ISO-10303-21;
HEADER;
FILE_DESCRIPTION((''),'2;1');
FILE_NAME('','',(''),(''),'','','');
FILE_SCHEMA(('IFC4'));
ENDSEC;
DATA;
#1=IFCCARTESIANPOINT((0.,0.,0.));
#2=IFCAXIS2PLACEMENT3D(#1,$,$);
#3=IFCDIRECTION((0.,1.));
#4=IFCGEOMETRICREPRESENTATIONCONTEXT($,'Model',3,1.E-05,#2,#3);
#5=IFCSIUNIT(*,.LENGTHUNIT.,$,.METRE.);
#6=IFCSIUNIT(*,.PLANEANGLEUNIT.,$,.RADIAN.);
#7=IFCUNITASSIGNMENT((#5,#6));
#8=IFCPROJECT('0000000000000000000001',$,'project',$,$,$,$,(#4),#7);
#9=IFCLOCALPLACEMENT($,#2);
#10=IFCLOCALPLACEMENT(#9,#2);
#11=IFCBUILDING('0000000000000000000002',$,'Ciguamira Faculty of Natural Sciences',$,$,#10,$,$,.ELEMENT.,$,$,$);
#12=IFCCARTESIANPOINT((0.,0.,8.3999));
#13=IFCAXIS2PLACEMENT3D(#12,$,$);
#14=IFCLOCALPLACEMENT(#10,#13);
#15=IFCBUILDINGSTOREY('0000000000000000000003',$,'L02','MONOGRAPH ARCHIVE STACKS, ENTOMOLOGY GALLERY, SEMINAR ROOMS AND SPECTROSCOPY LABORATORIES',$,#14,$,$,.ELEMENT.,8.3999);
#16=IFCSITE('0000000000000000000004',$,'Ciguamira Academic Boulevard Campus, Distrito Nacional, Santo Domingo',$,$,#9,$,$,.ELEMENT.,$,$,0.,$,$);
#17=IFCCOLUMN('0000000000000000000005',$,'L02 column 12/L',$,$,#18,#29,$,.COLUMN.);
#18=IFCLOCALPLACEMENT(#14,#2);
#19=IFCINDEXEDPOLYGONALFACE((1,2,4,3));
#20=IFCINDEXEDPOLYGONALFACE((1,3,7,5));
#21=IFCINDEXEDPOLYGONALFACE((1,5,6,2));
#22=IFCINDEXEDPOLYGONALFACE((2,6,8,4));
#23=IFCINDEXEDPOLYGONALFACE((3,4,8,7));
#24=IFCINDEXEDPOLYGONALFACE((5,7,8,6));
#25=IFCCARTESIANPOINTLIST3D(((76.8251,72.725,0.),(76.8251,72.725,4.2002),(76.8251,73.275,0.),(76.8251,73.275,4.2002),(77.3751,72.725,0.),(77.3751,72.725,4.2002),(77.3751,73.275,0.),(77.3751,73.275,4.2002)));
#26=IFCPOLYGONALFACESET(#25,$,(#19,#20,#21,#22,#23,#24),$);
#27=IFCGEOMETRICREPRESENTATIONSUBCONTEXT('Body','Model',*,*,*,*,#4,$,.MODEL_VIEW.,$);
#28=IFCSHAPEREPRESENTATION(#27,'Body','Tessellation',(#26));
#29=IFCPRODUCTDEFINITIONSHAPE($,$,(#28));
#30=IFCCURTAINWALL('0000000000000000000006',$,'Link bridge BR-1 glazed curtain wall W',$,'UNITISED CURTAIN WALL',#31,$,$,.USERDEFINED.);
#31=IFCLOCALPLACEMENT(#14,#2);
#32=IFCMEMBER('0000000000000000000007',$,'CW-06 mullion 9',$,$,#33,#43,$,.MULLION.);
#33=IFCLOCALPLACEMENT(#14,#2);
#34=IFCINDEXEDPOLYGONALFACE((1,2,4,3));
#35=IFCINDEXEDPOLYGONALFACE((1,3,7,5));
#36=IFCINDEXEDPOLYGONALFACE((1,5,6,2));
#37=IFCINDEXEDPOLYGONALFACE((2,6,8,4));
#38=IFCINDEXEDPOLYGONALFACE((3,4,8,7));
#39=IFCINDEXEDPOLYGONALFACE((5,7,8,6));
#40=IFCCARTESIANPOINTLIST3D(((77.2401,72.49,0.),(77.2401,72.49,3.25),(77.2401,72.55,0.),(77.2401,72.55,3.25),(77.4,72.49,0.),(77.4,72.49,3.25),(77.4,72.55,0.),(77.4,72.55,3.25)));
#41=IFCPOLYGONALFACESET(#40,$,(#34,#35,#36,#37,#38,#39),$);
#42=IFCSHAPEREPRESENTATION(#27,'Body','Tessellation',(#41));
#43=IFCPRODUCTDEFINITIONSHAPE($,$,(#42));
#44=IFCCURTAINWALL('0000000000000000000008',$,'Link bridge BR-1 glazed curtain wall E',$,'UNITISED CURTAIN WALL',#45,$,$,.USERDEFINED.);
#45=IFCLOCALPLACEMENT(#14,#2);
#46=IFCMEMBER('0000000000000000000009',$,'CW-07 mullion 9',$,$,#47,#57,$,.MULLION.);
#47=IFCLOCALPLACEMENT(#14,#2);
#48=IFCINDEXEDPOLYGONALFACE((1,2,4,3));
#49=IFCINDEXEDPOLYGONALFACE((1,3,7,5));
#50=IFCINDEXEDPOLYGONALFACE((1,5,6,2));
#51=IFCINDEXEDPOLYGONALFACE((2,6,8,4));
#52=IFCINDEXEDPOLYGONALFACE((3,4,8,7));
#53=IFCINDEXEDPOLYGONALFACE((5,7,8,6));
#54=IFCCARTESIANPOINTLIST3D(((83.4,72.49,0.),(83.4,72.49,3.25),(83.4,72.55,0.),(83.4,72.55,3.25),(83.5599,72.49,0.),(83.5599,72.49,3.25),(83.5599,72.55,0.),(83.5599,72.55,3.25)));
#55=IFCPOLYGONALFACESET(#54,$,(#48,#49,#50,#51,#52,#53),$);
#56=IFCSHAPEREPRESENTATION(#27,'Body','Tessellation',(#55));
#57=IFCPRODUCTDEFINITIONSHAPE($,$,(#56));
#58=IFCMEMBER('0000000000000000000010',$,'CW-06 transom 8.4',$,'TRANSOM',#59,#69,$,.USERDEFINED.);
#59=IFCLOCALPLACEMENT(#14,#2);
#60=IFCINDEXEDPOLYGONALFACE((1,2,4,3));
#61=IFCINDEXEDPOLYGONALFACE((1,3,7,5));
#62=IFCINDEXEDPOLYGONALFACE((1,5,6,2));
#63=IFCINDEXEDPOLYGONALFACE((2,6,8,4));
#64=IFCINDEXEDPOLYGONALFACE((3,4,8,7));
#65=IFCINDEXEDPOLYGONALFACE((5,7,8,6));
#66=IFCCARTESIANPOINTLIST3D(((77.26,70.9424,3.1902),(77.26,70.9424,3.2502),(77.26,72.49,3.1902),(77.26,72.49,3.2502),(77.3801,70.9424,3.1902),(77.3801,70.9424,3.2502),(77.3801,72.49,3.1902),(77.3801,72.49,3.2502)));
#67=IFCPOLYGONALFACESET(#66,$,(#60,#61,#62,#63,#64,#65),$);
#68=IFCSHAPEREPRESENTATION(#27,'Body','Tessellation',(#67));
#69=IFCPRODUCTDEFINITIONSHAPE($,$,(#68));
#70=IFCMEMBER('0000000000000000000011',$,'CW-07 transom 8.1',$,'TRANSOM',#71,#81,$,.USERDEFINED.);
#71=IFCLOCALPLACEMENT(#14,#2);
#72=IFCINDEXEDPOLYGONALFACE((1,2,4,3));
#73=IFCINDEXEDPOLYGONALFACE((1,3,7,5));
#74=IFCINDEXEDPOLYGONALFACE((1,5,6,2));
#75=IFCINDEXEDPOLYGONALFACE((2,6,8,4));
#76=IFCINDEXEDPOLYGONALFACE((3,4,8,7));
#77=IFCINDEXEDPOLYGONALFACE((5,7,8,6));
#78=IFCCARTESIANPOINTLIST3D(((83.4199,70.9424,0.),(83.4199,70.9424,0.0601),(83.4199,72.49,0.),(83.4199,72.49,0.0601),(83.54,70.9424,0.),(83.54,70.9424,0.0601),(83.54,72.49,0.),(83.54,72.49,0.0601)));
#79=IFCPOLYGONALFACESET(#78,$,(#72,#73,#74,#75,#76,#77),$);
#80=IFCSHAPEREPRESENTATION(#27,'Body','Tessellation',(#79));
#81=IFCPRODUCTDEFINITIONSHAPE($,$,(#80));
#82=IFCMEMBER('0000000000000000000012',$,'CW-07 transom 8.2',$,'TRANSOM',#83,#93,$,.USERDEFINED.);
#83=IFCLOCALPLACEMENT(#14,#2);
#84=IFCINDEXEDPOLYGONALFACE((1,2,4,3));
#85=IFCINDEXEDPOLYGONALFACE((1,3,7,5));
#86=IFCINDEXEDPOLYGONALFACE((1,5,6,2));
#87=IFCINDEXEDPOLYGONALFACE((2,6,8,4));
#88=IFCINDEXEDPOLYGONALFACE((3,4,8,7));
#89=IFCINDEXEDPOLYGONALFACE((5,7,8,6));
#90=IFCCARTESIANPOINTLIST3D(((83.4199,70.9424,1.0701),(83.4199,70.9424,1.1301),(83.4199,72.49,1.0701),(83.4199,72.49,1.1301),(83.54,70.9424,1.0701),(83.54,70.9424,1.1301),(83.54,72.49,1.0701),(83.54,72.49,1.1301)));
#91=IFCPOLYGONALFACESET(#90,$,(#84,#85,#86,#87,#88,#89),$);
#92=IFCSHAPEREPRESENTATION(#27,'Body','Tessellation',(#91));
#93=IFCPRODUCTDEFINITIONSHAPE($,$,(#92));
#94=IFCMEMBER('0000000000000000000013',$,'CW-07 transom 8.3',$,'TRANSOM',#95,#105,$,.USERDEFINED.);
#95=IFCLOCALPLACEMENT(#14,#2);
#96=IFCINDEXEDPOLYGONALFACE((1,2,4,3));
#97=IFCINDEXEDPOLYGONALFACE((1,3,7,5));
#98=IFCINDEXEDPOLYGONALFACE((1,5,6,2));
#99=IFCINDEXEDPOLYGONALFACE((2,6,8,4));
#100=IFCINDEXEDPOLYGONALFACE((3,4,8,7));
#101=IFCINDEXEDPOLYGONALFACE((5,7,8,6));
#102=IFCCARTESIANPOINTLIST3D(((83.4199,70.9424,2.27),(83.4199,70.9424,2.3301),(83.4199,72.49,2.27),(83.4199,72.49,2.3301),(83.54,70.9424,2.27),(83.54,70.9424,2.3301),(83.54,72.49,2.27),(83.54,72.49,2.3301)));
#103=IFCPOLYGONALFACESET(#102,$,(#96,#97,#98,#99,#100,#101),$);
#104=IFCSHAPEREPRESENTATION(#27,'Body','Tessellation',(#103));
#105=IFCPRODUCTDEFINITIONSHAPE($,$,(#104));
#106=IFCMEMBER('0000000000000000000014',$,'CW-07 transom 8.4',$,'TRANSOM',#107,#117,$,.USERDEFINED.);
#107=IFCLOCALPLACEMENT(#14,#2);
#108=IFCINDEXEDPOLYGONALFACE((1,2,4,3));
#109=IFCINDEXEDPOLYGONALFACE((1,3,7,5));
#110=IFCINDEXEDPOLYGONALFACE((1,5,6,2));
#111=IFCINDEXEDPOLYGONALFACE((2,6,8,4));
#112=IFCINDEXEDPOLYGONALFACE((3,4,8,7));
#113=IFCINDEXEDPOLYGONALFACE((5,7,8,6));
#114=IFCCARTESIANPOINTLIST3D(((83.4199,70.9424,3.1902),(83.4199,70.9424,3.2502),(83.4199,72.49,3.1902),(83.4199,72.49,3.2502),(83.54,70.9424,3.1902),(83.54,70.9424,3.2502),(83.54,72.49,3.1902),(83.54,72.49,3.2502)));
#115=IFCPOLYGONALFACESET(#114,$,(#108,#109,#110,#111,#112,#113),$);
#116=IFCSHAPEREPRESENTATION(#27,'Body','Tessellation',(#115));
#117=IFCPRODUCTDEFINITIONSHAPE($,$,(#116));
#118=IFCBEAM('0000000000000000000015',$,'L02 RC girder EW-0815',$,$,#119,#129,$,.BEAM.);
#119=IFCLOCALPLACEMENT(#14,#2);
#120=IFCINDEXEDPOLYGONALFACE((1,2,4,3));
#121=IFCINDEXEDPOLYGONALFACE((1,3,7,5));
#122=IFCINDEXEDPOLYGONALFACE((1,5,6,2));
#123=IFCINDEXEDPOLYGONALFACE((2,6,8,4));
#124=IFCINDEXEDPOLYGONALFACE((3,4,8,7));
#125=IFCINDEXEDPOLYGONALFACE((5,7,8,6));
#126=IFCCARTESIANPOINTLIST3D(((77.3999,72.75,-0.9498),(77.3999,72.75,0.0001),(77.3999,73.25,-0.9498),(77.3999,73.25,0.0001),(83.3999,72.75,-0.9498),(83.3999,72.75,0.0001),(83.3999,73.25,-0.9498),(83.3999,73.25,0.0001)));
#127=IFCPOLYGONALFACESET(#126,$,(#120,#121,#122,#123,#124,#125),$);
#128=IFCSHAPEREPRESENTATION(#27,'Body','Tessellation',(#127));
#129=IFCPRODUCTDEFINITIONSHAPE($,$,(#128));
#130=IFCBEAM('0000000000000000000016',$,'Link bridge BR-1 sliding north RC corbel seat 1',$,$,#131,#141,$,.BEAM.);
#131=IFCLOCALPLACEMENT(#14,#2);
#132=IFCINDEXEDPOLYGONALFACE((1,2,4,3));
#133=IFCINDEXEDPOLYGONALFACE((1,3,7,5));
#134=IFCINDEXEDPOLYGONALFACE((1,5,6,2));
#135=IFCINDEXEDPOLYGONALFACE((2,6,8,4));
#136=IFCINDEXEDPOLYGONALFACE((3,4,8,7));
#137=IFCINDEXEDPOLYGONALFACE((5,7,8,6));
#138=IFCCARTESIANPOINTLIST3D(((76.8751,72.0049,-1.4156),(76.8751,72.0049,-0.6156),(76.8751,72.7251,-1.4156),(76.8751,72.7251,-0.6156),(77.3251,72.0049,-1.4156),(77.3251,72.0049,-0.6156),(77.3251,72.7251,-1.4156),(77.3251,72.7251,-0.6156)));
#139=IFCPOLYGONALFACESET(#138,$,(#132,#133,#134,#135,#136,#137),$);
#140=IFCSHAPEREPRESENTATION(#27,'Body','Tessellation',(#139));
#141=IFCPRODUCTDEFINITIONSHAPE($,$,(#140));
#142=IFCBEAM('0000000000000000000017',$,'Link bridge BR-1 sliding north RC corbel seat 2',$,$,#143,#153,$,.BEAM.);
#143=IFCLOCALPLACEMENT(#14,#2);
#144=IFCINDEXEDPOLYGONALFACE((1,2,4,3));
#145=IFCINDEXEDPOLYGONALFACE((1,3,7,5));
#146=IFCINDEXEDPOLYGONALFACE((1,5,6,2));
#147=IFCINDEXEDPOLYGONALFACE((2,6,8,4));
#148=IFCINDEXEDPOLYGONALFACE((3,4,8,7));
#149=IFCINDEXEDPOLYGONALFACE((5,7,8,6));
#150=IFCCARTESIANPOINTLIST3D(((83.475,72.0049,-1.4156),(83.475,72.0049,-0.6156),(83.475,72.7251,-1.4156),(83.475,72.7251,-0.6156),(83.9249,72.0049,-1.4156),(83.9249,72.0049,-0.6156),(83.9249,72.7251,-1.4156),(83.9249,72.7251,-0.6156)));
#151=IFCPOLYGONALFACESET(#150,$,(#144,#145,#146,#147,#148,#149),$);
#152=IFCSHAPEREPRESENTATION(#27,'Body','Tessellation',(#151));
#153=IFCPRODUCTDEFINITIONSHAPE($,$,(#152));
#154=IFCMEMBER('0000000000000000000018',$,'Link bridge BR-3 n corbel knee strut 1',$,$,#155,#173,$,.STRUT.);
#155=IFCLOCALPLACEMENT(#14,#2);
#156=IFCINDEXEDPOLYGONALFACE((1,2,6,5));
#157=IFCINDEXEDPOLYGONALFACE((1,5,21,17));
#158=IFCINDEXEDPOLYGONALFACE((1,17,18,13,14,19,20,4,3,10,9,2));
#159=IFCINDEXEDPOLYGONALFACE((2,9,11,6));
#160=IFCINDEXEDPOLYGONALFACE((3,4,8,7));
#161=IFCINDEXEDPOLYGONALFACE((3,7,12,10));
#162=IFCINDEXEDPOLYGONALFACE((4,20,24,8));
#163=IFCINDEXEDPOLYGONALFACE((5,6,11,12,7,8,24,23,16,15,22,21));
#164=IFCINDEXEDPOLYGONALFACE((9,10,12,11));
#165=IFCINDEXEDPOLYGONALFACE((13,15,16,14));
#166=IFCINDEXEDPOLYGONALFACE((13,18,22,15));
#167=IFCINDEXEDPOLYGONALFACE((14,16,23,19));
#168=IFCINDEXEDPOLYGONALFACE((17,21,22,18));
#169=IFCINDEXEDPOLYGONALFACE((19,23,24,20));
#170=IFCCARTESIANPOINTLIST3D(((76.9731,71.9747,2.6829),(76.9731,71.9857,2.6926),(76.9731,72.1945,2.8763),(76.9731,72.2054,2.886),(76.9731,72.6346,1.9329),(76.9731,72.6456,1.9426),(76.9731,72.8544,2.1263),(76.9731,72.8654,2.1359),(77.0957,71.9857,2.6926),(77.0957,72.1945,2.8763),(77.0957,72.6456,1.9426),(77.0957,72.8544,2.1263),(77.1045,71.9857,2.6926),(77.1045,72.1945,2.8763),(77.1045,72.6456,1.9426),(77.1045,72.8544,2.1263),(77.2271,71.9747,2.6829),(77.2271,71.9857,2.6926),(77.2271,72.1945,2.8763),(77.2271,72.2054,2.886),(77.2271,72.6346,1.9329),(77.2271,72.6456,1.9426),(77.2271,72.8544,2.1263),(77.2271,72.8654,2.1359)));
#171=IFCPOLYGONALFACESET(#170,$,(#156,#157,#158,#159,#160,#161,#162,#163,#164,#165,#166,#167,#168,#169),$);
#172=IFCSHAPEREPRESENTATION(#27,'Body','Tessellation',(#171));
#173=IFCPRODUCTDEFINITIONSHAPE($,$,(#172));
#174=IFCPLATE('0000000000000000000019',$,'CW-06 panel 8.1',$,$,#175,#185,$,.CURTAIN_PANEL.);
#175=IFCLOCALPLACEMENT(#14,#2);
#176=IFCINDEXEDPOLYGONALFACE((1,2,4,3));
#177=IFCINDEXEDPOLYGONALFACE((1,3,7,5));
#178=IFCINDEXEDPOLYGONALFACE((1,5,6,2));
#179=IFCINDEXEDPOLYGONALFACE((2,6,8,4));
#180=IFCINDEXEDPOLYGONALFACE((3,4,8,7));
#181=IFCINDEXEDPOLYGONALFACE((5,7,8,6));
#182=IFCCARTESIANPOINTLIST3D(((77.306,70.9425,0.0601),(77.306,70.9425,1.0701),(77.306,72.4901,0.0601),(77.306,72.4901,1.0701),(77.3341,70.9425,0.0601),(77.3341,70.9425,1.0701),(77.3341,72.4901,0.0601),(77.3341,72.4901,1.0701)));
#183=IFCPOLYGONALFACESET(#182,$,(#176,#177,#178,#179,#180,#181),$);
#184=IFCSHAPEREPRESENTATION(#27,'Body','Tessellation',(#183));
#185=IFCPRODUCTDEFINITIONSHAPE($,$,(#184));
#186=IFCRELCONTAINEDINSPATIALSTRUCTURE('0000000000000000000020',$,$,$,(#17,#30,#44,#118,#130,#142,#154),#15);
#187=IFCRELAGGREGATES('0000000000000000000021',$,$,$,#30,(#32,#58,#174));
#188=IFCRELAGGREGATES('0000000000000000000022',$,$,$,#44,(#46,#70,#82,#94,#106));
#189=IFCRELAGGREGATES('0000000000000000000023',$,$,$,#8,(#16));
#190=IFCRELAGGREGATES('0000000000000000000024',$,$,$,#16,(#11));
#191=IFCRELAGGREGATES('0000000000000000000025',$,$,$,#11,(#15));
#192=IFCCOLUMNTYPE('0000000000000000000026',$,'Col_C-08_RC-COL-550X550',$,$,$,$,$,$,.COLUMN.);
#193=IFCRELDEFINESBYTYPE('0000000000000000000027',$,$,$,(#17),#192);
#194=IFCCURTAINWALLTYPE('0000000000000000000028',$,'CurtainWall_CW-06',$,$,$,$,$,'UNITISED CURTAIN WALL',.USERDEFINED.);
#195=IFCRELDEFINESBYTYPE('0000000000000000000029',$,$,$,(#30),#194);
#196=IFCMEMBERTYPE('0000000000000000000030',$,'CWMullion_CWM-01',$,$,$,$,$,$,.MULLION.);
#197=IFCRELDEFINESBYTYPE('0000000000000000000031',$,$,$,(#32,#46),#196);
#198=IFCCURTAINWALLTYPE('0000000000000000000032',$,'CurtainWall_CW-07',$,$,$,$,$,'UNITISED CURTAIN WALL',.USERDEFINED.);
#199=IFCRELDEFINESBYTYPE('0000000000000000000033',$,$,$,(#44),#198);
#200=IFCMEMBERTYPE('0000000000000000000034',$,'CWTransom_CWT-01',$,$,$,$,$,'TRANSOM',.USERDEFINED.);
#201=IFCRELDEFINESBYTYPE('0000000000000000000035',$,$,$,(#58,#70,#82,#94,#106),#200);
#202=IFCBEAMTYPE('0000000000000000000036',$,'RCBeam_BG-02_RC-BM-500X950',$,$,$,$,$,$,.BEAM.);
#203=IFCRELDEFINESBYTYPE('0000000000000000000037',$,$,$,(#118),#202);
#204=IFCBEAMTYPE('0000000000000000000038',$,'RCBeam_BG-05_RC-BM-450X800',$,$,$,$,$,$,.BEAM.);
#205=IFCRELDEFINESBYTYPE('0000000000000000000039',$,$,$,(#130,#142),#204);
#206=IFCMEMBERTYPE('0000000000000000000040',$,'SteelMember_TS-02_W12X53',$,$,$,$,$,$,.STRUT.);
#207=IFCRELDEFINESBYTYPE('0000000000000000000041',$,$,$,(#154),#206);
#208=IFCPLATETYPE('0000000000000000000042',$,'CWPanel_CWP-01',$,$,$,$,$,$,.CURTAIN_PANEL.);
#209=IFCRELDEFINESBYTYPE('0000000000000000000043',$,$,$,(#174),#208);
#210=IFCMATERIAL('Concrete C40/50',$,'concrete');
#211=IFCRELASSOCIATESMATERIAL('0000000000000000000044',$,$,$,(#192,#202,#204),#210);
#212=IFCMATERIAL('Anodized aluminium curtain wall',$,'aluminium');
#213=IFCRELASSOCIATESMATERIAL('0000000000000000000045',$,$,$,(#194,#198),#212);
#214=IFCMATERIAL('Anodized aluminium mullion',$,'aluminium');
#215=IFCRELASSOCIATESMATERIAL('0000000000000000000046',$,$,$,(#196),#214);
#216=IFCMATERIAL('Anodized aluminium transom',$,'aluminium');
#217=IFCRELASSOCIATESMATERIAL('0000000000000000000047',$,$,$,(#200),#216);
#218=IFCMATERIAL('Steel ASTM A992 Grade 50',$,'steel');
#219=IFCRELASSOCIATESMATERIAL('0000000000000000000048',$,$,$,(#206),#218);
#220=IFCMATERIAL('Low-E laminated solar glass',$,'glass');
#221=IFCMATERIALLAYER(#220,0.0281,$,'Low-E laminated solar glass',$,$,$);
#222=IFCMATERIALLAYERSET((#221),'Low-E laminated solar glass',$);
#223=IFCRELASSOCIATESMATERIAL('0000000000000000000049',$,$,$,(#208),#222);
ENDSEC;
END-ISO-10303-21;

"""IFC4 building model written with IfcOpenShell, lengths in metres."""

from ifc_helpers import new_model, si_unit, direction, frame, origin, origin_2d, place, context, subcontext, project, spatial, rectangle, i_section, extrude, material, layer, layer_set, material_profile, profile_set, type_object, element, aggregate, save


model = new_model("IFC4")

# Units and contexts
model_context = context("Model", 3, precision=1e-05, world=origin(), true_north=direction((0.0, 1.0)))
body_context = subcontext(model_context, "Body", "Model", "MODEL_VIEW")
ifc_project = project(units=[si_unit("LENGTHUNIT", "METRE"), si_unit("PLANEANGLEUNIT", "RADIAN")], contexts=[model_context])

# Site, building, storey
site_placement = place(None, origin())
site = spatial("IfcSite", under=ifc_project, at=site_placement, Name="Ciguamira Academic Boulevard Campus, Distrito Nacional, Santo Domingo", CompositionType="ELEMENT", RefElevation=0.0)
building_placement = place(site_placement, origin())
building = spatial("IfcBuilding", under=site, at=building_placement, Name="Ciguamira Faculty of Natural Sciences", CompositionType="ELEMENT")
storey_placement = place(building_placement, frame((0.0, 0.0, 8.3999)))
storey = spatial("IfcBuildingStorey", under=building, at=storey_placement, Name="L02", Description="MONOGRAPH ARCHIVE STACKS, ENTOMOLOGY GALLERY, SEMINAR ROOMS AND SPECTROSCOPY LABORATORIES", CompositionType="ELEMENT", Elevation=8.3999)

# Column
ifc_material_1 = material(Name="Concrete C40/50", Category="concrete")
ifc_material_profile_1 = material_profile(ifc_material_1, rectangle(XDim=0.55, YDim=0.55, at=origin_2d()), Name="RC-COL-550X550")
ifc_profile_set_1 = profile_set([ifc_material_profile_1], Name="Concrete C40/50")
column_type = type_object("IfcColumnType", Name="Col_C-08_RC-COL-550X550", PredefinedType="COLUMN", material=ifc_profile_set_1)
column_placement = place(storey_placement, frame((77.1001, 73.0, 0.0), z_axis=(0.0, 0.0, 1.0), x_axis=(1.0, 0.0, 0.0)))
element("IfcColumn", 1, at=column_placement, inside=storey, type_object=column_type, Name="L02 column 12/L", PredefinedType="COLUMN", context=body_context, shape_type="SweptSolid", body=[
    extrude(rectangle(XDim=0.55, YDim=0.55, at=origin_2d()), origin(), (0.0, 0.0, 1.0), 4.2002),
])

# Curtain walls, members
ifc_material_2 = material(Name="Anodized aluminium curtain wall", Category="aluminium")
curtain_wall_type_1 = type_object("IfcCurtainWallType", Name="CurtainWall_CW-06", ElementType="UNITISED CURTAIN WALL", PredefinedType="USERDEFINED", material=ifc_material_2)
curtain_wall_1_placement = place(storey_placement, origin())
curtain_wall_1 = element("IfcCurtainWall", 2, at=curtain_wall_1_placement, inside=storey, type_object=curtain_wall_type_1, Name="Link bridge BR-1 glazed curtain wall W", ObjectType="UNITISED CURTAIN WALL", PredefinedType="USERDEFINED")
ifc_material_3 = material(Name="Anodized aluminium mullion", Category="aluminium")
ifc_material_profile_2 = material_profile(ifc_material_3, rectangle(XDim=0.0601, YDim=0.1599, at=origin_2d()), Name="ALU-MUL-60X160")
ifc_profile_set_2 = profile_set([ifc_material_profile_2], Name="Anodized aluminium mullion")
member_type_1 = type_object("IfcMemberType", Name="CWMullion_CWM-01", PredefinedType="MULLION", material=ifc_profile_set_2)
member_1_placement = place(storey_placement, frame((77.3201, 72.52, 0.0), z_axis=(0.0, 0.0, 1.0), x_axis=(0.0, 1.0, 0.0)))
member_1 = element("IfcMember", 3, at=member_1_placement, type_object=member_type_1, Name="CW-06 mullion 9", PredefinedType="MULLION", context=body_context, shape_type="SweptSolid", body=[
    extrude(rectangle(XDim=0.0601, YDim=0.1599, at=origin_2d()), origin(), (0.0, 0.0, 1.0), 3.25),
])
curtain_wall_type_2 = type_object("IfcCurtainWallType", Name="CurtainWall_CW-07", ElementType="UNITISED CURTAIN WALL", PredefinedType="USERDEFINED", material=ifc_material_2)
curtain_wall_2_placement = place(storey_placement, origin())
curtain_wall_2 = element("IfcCurtainWall", 4, at=curtain_wall_2_placement, inside=storey, type_object=curtain_wall_type_2, Name="Link bridge BR-1 glazed curtain wall E", ObjectType="UNITISED CURTAIN WALL", PredefinedType="USERDEFINED")
member_2_placement = place(storey_placement, frame((83.48, 72.52, 0.0), z_axis=(0.0, 0.0, 1.0), x_axis=(0.0, 1.0, 0.0)))
member_2 = element("IfcMember", 5, at=member_2_placement, type_object=member_type_1, Name="CW-07 mullion 9", PredefinedType="MULLION", context=body_context, shape_type="SweptSolid", body=[
    extrude(rectangle(XDim=0.0601, YDim=0.1599, at=origin_2d()), origin(), (0.0, 0.0, 1.0), 3.25),
])

# Members
ifc_material_4 = material(Name="Anodized aluminium transom", Category="aluminium")
ifc_material_profile_3 = material_profile(ifc_material_4, rectangle(XDim=0.0601, YDim=0.1201, at=origin_2d()), Name="ALU-TRN-60X120")
ifc_profile_set_3 = profile_set([ifc_material_profile_3], Name="Anodized aluminium transom")
member_type_2 = type_object("IfcMemberType", Name="CWTransom_CWT-01", ElementType="TRANSOM", PredefinedType="USERDEFINED", material=ifc_profile_set_3)
member_3_placement = place(storey_placement, frame((77.3201, 70.9424, 3.2202), z_axis=(0.0, 1.0, 0.0), x_axis=(0.0, 0.0, 1.0)))
member_3 = element("IfcMember", 6, at=member_3_placement, type_object=member_type_2, Name="CW-06 transom 8.4", ObjectType="TRANSOM", PredefinedType="USERDEFINED", context=body_context, shape_type="SweptSolid", body=[
    extrude(rectangle(XDim=0.0601, YDim=0.1201, at=origin_2d()), origin(), (0.0, 0.0, 1.0), 1.5476),
])
member_4_placement = place(storey_placement, frame((83.48, 70.9424, 0.03), z_axis=(0.0, 1.0, 0.0), x_axis=(0.0, 0.0, 1.0)))
member_4 = element("IfcMember", 7, at=member_4_placement, type_object=member_type_2, Name="CW-07 transom 8.1", ObjectType="TRANSOM", PredefinedType="USERDEFINED", context=body_context, shape_type="SweptSolid", body=[
    extrude(rectangle(XDim=0.0601, YDim=0.1201, at=origin_2d()), origin(), (0.0, 0.0, 1.0), 1.5476),
])
member_5_placement = place(storey_placement, frame((83.48, 70.9424, 1.1001), z_axis=(0.0, 1.0, 0.0), x_axis=(0.0, 0.0, 1.0)))
member_5 = element("IfcMember", 8, at=member_5_placement, type_object=member_type_2, Name="CW-07 transom 8.2", ObjectType="TRANSOM", PredefinedType="USERDEFINED", context=body_context, shape_type="SweptSolid", body=[
    extrude(rectangle(XDim=0.0601, YDim=0.1201, at=origin_2d()), origin(), (0.0, 0.0, 1.0), 1.5476),
])
member_6_placement = place(storey_placement, frame((83.48, 70.9424, 2.3), z_axis=(0.0, 1.0, 0.0), x_axis=(0.0, 0.0, 1.0)))
member_6 = element("IfcMember", 9, at=member_6_placement, type_object=member_type_2, Name="CW-07 transom 8.3", ObjectType="TRANSOM", PredefinedType="USERDEFINED", context=body_context, shape_type="SweptSolid", body=[
    extrude(rectangle(XDim=0.0601, YDim=0.1201, at=origin_2d()), origin(), (0.0, 0.0, 1.0), 1.5476),
])
member_7_placement = place(storey_placement, frame((83.48, 70.9424, 3.2202), z_axis=(0.0, 1.0, 0.0), x_axis=(0.0, 0.0, 1.0)))
member_7 = element("IfcMember", 10, at=member_7_placement, type_object=member_type_2, Name="CW-07 transom 8.4", ObjectType="TRANSOM", PredefinedType="USERDEFINED", context=body_context, shape_type="SweptSolid", body=[
    extrude(rectangle(XDim=0.0601, YDim=0.1201, at=origin_2d()), origin(), (0.0, 0.0, 1.0), 1.5476),
])

# Beams
ifc_material_profile_4 = material_profile(ifc_material_1, rectangle(XDim=0.5, YDim=0.95, at=origin_2d()), Name="RC-BM-500X950")
ifc_profile_set_4 = profile_set([ifc_material_profile_4], Name="Concrete C40/50")
beam_type_1 = type_object("IfcBeamType", Name="RCBeam_BG-02_RC-BM-500X950", PredefinedType="BEAM", material=ifc_profile_set_4)
beam_placement = place(storey_placement, frame((77.3999, 73.0, -0.4749), z_axis=(1.0, 0.0, 0.0), x_axis=(0.0, 1.0, 0.0)))
element("IfcBeam", 11, at=beam_placement, inside=storey, type_object=beam_type_1, Name="L02 RC girder EW-0815", PredefinedType="BEAM", context=body_context, shape_type="SweptSolid", body=[
    extrude(rectangle(XDim=0.5, YDim=0.95, at=origin_2d()), origin(), (0.0, 0.0, 1.0), 6.0),
])
ifc_material_profile_5 = material_profile(ifc_material_1, rectangle(XDim=0.45, YDim=0.8, at=origin_2d()), Name="RC-BM-450X800")
ifc_profile_set_5 = profile_set([ifc_material_profile_5], Name="Concrete C40/50")
beam_type_2 = type_object("IfcBeamType", Name="RCBeam_BG-05_RC-BM-450X800", PredefinedType="BEAM", material=ifc_profile_set_5)
for number, where, z_axis, x_axis, name in (
    (12, (77.1001, 72.0049, -1.0156), (0.0, 1.0, 0.0), (-1.0, 0.0, 0.0), "Link bridge BR-1 sliding north RC corbel seat 1"),
    (13, (83.7, 72.0049, -1.0156), (0.0, 1.0, 0.0), (-1.0, 0.0, 0.0), "Link bridge BR-1 sliding north RC corbel seat 2"),
):
    element("IfcBeam", number, at=place(storey_placement, frame(where, z_axis=z_axis, x_axis=x_axis)), inside=storey, type_object=beam_type_2, Name=name, PredefinedType="BEAM", context=body_context, shape_type="SweptSolid", body=[
        extrude(rectangle(XDim=0.45, YDim=0.8, at=origin_2d()), origin(), (0.0, 0.0, 1.0), 0.7202),
    ])

# Member
ifc_material_5 = material(Name="Steel ASTM A992 Grade 50", Category="steel")
ifc_material_profile_6 = material_profile(ifc_material_5, i_section(OverallWidth=0.2539, OverallDepth=0.3074, WebThickness=0.0088, FlangeThickness=0.0146, at=origin_2d()), Name="W12X53")
ifc_profile_set_6 = profile_set([ifc_material_profile_6], Name="Steel ASTM A992 Grade 50")
member_type_3 = type_object("IfcMemberType", Name="SteelMember_TS-02_W12X53", PredefinedType="STRUT", material=ifc_profile_set_6)
member_8_placement = place(storey_placement, frame((77.1001, 72.75, 2.0344), z_axis=(0.0, -0.660578, 0.750757), x_axis=(1.0, 0.0, 0.0)))
element("IfcMember", 14, at=member_8_placement, inside=storey, type_object=member_type_3, Name="Link bridge BR-3 n corbel knee strut 1", PredefinedType="STRUT", context=body_context, shape_type="SweptSolid", body=[
    extrude(i_section(OverallWidth=0.2539, OverallDepth=0.3074, WebThickness=0.0088, FlangeThickness=0.0146, at=origin_2d()), origin(), (0.0, 0.0, 1.0), 0.999),
])

# Plate
ifc_material_6 = material(Name="Low-E laminated solar glass", Category="glass")
ifc_layer_1 = layer(ifc_material_6, 0.0281, Name="Low-E laminated solar glass")
ifc_layer_set_1 = layer_set([ifc_layer_1], Name="Low-E laminated solar glass")
plate_type_1 = type_object("IfcPlateType", Name="CWPanel_CWP-01", PredefinedType="CURTAIN_PANEL", material=ifc_layer_set_1)
plate_1_placement = place(storey_placement, frame((77.3201, 71.7163, 0.0601), z_axis=(0.0, 0.0, 1.0), x_axis=(0.0, 1.0, 0.0)))
plate_1 = element("IfcPlate", 15, at=plate_1_placement, type_object=plate_type_1, Name="CW-06 panel 8.1", PredefinedType="CURTAIN_PANEL", context=body_context, shape_type="SweptSolid", body=[
    extrude(rectangle(XDim=1.5476, YDim=0.0281, at=origin_2d()), origin(), (0.0, 0.0, 1.0), 1.01),
])
aggregate(curtain_wall_1, [member_1, member_3, plate_1])
aggregate(curtain_wall_2, [member_2, member_4, member_5, member_6, member_7])

save(model, "model.ifc")
